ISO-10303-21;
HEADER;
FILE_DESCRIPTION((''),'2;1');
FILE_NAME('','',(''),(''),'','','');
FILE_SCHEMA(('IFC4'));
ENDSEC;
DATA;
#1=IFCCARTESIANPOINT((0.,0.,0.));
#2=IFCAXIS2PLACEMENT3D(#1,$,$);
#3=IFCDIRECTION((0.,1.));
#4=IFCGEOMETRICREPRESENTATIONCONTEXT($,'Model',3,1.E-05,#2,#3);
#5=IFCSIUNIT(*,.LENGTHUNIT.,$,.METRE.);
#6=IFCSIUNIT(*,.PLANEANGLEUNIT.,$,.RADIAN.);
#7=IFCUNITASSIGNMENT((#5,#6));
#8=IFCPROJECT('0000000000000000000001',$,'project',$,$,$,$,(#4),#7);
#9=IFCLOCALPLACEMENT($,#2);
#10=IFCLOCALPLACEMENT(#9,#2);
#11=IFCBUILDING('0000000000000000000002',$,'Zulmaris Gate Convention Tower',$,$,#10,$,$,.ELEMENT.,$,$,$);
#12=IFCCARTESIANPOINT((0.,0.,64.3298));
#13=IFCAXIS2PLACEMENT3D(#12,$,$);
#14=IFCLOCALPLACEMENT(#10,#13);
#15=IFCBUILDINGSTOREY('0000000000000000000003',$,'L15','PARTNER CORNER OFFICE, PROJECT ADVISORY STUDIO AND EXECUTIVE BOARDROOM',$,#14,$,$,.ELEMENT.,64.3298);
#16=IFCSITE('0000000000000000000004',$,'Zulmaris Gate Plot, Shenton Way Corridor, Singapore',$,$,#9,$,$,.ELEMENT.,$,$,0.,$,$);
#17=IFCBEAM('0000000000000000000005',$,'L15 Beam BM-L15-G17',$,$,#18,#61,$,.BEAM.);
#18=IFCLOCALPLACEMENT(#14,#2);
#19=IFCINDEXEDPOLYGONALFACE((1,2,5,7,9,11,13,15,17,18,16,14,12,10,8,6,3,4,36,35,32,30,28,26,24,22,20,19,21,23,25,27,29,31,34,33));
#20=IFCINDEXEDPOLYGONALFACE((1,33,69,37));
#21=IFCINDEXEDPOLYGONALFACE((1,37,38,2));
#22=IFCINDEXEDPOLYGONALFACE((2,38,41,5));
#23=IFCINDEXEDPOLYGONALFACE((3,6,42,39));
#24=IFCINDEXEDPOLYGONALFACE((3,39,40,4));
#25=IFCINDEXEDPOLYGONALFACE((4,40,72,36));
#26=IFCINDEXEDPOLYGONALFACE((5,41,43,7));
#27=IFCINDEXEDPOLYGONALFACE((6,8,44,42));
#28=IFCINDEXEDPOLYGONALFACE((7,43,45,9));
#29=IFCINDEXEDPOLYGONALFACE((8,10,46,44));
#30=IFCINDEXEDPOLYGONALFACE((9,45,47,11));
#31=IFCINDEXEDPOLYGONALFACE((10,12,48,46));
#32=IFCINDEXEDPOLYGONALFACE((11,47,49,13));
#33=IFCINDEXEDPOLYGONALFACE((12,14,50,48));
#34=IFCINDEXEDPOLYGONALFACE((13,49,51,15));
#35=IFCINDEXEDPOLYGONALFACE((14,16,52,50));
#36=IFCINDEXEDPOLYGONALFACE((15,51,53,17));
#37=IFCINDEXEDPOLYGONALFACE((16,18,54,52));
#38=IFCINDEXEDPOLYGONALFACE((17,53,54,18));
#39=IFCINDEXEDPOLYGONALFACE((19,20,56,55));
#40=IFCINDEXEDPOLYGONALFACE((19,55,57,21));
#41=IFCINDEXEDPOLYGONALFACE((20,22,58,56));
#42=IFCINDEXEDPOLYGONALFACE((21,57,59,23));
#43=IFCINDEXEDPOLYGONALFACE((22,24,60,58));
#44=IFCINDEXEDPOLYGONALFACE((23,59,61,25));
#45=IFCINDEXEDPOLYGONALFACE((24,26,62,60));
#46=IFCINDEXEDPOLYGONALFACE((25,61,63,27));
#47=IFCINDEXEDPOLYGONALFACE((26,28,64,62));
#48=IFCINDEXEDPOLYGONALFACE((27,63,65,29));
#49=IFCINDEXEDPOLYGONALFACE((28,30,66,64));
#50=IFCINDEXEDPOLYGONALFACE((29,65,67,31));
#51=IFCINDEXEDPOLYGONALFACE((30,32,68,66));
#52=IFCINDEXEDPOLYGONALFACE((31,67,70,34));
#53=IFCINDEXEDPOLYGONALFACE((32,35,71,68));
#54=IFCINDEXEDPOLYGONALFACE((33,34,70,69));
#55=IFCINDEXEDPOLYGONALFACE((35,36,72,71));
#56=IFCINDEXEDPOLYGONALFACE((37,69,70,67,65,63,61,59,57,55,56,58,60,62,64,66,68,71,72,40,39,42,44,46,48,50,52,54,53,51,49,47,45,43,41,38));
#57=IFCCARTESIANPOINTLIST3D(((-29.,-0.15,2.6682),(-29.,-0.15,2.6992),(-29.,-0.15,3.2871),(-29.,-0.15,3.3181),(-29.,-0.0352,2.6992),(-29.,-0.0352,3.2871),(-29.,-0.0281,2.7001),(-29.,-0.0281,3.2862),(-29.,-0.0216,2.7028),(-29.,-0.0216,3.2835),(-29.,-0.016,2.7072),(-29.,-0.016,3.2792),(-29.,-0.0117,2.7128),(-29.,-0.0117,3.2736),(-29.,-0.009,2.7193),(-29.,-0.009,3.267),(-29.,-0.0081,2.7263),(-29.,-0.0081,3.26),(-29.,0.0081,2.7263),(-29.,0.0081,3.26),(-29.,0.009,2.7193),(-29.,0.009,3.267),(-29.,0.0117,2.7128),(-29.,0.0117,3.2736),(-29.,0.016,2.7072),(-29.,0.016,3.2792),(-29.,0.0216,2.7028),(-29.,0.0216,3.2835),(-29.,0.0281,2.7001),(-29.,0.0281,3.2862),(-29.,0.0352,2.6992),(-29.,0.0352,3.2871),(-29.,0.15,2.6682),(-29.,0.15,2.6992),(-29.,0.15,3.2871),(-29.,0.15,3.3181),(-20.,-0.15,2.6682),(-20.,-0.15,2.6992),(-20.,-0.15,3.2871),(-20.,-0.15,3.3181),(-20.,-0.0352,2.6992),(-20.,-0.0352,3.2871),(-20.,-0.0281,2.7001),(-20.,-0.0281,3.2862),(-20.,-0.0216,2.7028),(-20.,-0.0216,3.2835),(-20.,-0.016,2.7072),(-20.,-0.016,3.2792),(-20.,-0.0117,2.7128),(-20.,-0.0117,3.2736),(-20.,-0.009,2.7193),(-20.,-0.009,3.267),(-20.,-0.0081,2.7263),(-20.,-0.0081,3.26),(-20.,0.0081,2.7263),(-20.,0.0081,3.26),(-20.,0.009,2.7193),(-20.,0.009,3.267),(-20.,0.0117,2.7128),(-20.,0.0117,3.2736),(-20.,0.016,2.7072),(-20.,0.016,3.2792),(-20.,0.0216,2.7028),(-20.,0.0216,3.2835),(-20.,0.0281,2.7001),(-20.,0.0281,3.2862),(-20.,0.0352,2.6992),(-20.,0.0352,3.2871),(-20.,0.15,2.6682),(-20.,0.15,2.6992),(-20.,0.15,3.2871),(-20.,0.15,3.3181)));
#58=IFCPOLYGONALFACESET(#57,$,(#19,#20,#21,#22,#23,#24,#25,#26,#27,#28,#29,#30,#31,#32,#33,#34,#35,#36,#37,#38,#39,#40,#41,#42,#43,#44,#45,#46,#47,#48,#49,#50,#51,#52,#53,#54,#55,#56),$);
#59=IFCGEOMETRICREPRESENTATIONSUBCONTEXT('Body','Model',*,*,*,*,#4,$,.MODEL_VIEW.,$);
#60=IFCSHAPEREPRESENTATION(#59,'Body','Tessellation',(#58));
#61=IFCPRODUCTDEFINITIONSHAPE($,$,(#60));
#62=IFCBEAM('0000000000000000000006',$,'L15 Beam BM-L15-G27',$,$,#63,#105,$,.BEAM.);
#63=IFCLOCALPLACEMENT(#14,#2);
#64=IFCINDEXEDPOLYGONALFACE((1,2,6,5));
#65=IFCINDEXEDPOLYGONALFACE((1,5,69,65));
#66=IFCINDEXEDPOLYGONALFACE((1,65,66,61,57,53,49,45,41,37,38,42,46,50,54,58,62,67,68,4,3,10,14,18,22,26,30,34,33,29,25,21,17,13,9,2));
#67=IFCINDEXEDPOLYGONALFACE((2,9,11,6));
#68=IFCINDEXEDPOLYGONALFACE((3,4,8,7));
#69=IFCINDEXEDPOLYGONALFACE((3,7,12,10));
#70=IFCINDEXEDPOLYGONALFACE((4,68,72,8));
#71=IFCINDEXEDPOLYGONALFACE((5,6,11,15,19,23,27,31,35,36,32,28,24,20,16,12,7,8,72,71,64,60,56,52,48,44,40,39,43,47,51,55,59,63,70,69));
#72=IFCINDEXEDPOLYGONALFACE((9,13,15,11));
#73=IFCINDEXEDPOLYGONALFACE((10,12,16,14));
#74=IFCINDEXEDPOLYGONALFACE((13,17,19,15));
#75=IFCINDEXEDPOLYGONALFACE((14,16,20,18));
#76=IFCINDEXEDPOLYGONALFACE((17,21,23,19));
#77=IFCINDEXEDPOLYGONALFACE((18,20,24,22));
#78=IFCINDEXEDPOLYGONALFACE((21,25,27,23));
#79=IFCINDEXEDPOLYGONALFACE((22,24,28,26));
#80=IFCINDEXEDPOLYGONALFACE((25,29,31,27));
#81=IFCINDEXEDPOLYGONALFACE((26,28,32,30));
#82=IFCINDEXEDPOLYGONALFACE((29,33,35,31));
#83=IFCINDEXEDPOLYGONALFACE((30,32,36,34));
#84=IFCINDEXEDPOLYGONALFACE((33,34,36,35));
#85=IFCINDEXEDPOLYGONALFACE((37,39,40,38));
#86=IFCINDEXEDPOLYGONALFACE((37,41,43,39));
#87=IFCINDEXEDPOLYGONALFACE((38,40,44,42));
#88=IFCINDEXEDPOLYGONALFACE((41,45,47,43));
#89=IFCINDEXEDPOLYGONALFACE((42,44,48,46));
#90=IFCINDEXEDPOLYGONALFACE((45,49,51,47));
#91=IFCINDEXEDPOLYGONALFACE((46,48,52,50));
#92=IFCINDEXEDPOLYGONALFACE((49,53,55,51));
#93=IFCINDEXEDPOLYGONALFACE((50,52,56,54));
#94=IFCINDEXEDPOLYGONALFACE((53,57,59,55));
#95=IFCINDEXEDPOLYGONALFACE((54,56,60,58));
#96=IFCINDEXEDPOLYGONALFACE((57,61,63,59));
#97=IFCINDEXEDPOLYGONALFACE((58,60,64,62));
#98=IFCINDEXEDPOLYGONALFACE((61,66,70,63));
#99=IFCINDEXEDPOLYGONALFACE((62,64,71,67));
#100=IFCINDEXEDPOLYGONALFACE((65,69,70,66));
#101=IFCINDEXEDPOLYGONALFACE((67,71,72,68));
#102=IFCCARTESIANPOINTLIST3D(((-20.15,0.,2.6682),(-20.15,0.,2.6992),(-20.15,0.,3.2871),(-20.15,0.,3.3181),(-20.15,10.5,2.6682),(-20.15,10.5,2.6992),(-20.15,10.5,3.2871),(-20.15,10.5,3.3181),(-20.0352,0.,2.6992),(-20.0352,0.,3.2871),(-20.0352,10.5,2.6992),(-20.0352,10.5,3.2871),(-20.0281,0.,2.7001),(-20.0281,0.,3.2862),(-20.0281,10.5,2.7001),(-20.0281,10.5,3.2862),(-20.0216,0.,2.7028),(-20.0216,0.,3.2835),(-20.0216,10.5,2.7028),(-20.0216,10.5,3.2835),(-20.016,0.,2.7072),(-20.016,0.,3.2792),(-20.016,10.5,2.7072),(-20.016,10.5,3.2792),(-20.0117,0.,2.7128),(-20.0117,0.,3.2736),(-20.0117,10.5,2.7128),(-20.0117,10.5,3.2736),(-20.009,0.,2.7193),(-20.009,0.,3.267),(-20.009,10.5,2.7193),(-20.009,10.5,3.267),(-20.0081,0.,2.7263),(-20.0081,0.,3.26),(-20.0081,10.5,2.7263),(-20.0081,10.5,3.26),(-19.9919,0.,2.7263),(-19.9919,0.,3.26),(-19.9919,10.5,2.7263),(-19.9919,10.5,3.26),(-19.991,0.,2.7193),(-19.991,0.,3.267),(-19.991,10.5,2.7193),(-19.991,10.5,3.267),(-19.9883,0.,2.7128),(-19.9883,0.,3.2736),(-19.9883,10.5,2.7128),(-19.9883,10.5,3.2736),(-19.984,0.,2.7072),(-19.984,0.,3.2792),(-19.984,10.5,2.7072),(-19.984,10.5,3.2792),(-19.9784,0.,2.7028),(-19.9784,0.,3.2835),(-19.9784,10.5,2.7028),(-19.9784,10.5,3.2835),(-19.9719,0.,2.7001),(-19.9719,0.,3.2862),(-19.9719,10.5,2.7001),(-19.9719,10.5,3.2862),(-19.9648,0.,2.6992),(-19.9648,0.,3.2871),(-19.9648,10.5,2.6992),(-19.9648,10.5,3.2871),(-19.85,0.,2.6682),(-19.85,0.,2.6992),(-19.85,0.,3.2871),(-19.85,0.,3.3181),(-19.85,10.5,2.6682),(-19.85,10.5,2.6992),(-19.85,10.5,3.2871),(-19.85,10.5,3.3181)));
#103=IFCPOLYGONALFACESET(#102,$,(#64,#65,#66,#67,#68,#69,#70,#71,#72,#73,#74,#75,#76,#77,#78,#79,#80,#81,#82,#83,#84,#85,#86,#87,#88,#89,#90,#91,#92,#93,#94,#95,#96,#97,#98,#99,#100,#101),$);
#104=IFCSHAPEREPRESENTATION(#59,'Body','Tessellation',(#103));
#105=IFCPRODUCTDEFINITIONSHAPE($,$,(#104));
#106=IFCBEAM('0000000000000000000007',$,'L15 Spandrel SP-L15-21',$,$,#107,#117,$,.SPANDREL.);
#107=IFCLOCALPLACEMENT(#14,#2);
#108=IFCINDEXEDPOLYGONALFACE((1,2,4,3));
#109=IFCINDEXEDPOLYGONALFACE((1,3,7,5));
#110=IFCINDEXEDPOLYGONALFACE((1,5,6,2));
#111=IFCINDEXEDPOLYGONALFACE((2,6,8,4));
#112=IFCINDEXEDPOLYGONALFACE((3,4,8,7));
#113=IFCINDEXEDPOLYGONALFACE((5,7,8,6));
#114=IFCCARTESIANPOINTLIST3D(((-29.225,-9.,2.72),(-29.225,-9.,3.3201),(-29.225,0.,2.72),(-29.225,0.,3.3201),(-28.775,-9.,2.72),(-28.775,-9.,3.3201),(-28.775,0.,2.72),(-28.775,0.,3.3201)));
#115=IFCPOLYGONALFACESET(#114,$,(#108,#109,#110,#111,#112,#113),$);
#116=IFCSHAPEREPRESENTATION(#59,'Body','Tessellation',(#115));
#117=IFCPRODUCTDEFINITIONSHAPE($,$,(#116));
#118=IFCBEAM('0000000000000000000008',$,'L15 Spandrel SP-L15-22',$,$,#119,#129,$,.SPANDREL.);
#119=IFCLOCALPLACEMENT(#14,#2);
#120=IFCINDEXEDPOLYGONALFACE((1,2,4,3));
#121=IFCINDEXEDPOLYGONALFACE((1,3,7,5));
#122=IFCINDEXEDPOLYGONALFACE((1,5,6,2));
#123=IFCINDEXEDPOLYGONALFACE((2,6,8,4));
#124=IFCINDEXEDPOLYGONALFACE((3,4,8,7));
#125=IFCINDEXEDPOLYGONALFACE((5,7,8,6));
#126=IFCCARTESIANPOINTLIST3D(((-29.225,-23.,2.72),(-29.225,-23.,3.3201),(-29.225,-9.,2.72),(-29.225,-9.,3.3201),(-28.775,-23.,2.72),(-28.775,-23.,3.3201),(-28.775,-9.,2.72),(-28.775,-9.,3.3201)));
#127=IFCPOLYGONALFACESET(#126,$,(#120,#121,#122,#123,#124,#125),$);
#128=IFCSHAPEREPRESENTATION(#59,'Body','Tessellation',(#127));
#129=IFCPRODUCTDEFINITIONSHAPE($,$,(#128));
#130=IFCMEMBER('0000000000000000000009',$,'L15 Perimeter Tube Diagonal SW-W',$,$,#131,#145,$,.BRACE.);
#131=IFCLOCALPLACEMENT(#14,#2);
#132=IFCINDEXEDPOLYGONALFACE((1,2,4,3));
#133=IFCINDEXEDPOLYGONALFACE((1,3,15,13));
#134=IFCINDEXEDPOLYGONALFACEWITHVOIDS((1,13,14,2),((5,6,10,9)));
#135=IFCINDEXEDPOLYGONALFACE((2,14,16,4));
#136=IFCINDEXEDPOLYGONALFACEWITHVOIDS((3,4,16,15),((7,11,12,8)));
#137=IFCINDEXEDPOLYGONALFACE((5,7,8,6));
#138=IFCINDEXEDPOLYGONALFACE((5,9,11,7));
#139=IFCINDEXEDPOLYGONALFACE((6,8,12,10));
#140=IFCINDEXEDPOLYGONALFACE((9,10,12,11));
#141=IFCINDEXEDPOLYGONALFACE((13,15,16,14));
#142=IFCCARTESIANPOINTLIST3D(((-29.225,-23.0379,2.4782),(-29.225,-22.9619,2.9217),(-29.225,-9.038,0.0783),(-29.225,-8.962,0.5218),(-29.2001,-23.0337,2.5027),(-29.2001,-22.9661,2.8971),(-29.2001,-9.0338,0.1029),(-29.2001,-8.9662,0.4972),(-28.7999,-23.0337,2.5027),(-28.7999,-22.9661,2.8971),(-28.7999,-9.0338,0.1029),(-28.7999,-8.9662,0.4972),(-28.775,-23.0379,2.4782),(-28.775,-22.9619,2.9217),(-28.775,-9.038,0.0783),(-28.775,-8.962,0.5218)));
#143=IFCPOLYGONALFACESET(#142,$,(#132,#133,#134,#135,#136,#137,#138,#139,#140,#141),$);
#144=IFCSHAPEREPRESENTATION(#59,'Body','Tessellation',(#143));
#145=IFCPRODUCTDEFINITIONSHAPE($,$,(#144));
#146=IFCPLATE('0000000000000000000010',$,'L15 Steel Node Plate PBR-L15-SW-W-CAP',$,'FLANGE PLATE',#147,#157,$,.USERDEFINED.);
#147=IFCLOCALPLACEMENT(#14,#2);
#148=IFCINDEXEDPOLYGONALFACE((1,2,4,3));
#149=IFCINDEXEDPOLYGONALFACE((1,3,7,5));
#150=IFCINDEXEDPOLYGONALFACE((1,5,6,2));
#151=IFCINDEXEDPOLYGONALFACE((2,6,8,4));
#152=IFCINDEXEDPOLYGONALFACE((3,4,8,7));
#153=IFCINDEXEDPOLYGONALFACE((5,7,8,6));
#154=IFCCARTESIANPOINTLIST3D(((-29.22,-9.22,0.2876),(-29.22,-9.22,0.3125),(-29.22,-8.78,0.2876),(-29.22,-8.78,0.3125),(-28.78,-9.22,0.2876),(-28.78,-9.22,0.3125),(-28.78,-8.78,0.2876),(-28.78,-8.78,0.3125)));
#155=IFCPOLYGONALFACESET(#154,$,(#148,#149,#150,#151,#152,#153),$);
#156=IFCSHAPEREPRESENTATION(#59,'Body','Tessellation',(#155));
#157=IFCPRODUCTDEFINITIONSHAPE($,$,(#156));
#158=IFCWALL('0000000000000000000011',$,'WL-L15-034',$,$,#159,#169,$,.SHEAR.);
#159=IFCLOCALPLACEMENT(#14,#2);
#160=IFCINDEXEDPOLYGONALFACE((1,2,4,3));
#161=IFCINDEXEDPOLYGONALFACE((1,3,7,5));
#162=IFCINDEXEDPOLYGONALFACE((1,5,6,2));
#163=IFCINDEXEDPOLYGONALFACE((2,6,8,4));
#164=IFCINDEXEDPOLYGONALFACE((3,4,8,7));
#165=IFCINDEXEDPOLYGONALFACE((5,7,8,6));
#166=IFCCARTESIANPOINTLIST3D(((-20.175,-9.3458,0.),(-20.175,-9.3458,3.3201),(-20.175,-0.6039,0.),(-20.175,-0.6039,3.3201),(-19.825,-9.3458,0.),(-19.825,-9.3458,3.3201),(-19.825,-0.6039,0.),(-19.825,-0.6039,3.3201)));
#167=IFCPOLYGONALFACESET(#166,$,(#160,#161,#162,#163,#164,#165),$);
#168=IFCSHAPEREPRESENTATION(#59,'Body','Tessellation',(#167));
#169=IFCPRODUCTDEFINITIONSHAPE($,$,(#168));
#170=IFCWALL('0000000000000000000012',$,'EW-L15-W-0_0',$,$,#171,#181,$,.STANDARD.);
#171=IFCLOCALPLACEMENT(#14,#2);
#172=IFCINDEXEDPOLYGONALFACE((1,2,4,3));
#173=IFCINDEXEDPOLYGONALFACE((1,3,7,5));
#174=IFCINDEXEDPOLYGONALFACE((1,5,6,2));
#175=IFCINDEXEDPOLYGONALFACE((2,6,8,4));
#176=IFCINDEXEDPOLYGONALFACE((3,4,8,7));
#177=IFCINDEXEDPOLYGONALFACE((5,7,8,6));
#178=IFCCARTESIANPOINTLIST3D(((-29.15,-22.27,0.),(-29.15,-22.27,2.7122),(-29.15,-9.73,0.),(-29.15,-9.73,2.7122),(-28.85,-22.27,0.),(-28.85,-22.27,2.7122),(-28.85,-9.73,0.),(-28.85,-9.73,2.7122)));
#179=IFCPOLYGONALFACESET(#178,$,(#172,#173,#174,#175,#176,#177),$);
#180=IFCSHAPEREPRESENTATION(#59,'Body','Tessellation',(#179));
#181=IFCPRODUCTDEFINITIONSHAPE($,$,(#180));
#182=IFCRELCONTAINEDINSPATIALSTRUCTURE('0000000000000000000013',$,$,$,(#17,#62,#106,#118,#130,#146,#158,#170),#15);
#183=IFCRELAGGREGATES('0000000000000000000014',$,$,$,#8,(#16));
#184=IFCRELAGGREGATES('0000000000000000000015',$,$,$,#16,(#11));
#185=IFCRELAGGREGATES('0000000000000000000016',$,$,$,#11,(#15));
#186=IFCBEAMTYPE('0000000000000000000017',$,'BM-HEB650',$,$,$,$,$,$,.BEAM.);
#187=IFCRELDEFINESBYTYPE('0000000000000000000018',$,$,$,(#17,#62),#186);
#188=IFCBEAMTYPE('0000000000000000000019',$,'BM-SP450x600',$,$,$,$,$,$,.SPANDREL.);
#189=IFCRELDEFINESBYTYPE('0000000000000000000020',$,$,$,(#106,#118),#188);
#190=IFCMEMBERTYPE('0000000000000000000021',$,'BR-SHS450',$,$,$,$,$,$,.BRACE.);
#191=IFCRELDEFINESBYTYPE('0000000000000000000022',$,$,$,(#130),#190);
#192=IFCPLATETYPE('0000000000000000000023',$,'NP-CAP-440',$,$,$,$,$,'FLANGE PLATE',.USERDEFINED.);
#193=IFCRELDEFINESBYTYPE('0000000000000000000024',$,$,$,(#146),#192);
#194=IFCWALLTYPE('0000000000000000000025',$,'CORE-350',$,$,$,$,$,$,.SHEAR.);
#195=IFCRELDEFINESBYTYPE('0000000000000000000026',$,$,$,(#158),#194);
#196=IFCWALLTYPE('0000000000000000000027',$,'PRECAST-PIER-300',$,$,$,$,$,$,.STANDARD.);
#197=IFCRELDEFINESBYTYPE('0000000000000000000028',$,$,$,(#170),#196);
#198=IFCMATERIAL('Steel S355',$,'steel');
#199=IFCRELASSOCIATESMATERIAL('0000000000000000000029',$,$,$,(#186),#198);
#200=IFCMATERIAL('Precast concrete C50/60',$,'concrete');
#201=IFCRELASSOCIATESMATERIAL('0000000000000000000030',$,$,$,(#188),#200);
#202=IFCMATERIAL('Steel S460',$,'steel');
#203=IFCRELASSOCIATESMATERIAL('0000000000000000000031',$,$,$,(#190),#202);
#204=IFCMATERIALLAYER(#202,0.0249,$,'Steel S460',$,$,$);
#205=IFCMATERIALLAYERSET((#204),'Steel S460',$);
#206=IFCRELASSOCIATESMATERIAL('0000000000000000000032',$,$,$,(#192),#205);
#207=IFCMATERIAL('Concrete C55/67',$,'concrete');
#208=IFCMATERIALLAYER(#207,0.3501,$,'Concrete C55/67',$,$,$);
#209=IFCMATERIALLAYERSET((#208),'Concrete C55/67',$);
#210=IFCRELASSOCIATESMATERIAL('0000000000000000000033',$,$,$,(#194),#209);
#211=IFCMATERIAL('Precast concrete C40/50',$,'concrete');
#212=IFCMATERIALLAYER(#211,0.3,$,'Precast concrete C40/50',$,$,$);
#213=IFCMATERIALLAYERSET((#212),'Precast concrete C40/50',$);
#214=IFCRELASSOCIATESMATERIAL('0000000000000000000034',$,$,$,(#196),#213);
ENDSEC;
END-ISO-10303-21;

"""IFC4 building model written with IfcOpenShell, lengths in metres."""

from ifc_helpers import new_model, si_unit, direction, frame, frame_2d, origin, origin_2d, place, context, subcontext, project, spatial, rectangle, hollow_rectangle, i_section, extrude, material, layer, layer_set, material_profile, profile_set, type_object, element, save


model = new_model("IFC4")

# Units and contexts
model_context = context("Model", 3, precision=1e-05, world=origin(), true_north=direction((0.0, 1.0)))
body_context = subcontext(model_context, "Body", "Model", "MODEL_VIEW")
ifc_project = project(units=[si_unit("LENGTHUNIT", "METRE"), si_unit("PLANEANGLEUNIT", "RADIAN")], contexts=[model_context])

# Site, building, storey
site_placement = place(None, origin())
site = spatial("IfcSite", under=ifc_project, at=site_placement, Name="Zulmaris Gate Plot, Shenton Way Corridor, Singapore", CompositionType="ELEMENT", RefElevation=0.0)
building_placement = place(site_placement, origin())
building = spatial("IfcBuilding", under=site, at=building_placement, Name="Zulmaris Gate Convention Tower", CompositionType="ELEMENT")
storey_placement = place(building_placement, frame((0.0, 0.0, 64.3298)))
storey = spatial("IfcBuildingStorey", under=building, at=storey_placement, Name="L15", Description="PARTNER CORNER OFFICE, PROJECT ADVISORY STUDIO AND EXECUTIVE BOARDROOM", CompositionType="ELEMENT", Elevation=64.3298)

# Beams
ifc_material_1 = material(Name="Steel S355", Category="steel")
ifc_material_profile_1 = material_profile(ifc_material_1, i_section(OverallWidth=0.3, OverallDepth=0.6499, WebThickness=0.0161, FlangeThickness=0.031, FilletRadius=0.0271, at=origin_2d()), Name="HEB 650")
ifc_profile_set_1 = profile_set([ifc_material_profile_1], Name="Steel S355")
beam_type_1 = type_object("IfcBeamType", Name="BM-HEB650", PredefinedType="BEAM", material=ifc_profile_set_1)
for number, where, z_axis, x_axis, name in (
    (1, (-29.0, 0.0, 2.9932), (1.0, 0.0, 0.0), (0.0, 1.0, 0.0), "L15 Beam BM-L15-G17"),
):
    element("IfcBeam", number, at=place(storey_placement, frame(where, z_axis=z_axis, x_axis=x_axis)), inside=storey, type_object=beam_type_1, Name=name, PredefinedType="BEAM", context=body_context, shape_type="SweptSolid", body=[
        extrude(i_section(OverallWidth=0.3, OverallDepth=0.6499, WebThickness=0.0161, FlangeThickness=0.031, FilletRadius=0.0271, at=origin_2d()), origin(), (0.0, 0.0, 1.0), 9.0),
    ])
beam_1_placement = place(storey_placement, frame((-20.0, 0.0, 2.9932), z_axis=(0.0, 1.0, 0.0), x_axis=(-1.0, 0.0, 0.0)))
element("IfcBeam", 2, at=beam_1_placement, inside=storey, type_object=beam_type_1, Name="L15 Beam BM-L15-G27", PredefinedType="BEAM", context=body_context, shape_type="SweptSolid", body=[
    extrude(i_section(OverallWidth=0.3, OverallDepth=0.6499, WebThickness=0.0161, FlangeThickness=0.031, FilletRadius=0.0271, at=origin_2d()), origin(), (0.0, 0.0, 1.0), 10.5),
])
ifc_material_2 = material(Name="Precast concrete C50/60", Category="concrete")
ifc_material_profile_2 = material_profile(ifc_material_2, rectangle(XDim=0.45, YDim=0.6001, at=origin_2d()), Name="RC SPANDREL 450x600")
ifc_profile_set_2 = profile_set([ifc_material_profile_2], Name="Precast concrete C50/60")
beam_type_2 = type_object("IfcBeamType", Name="BM-SP450x600", PredefinedType="SPANDREL", material=ifc_profile_set_2)
beam_2_placement = place(storey_placement, frame((-29.0, 0.0, 3.02), z_axis=(0.0, -1.0, 0.0), x_axis=(1.0, 0.0, 0.0)))
element("IfcBeam", 3, at=beam_2_placement, inside=storey, type_object=beam_type_2, Name="L15 Spandrel SP-L15-21", PredefinedType="SPANDREL", context=body_context, shape_type="SweptSolid", body=[
    extrude(rectangle(XDim=0.45, YDim=0.6001, at=origin_2d()), origin(), (0.0, 0.0, 1.0), 9.0),
])
beam_3_placement = place(storey_placement, frame((-29.0, -9.0, 3.02), z_axis=(0.0, -1.0, 0.0), x_axis=(1.0, 0.0, 0.0)))
element("IfcBeam", 4, at=beam_3_placement, inside=storey, type_object=beam_type_2, Name="L15 Spandrel SP-L15-22", PredefinedType="SPANDREL", context=body_context, shape_type="SweptSolid", body=[
    extrude(rectangle(XDim=0.45, YDim=0.6001, at=origin_2d()), origin(), (0.0, 0.0, 1.0), 14.0),
])

# Member
ifc_material_3 = material(Name="Steel S460", Category="steel")
ifc_material_profile_3 = material_profile(ifc_material_3, hollow_rectangle(XDim=0.45, YDim=0.45, WallThickness=0.0249, at=origin_2d()), Name="SHS 450x450x25")
ifc_profile_set_3 = profile_set([ifc_material_profile_3], Name="Steel S460")
member_type = type_object("IfcMemberType", Name="BR-SHS450", PredefinedType="BRACE", material=ifc_profile_set_3)
member_placement = place(storey_placement, frame((-29.0, -9.0, 0.3), z_axis=(0.0, -0.985623, 0.168957), x_axis=(1.0, 0.0, 0.0)))
element("IfcMember", 5, at=member_placement, inside=storey, type_object=member_type, Name="L15 Perimeter Tube Diagonal SW-W", PredefinedType="BRACE", context=body_context, shape_type="SweptSolid", body=[
    extrude(hollow_rectangle(XDim=0.45, YDim=0.45, WallThickness=0.0249, at=origin_2d()), origin(), (0.0, 0.0, 1.0), 14.2041),
])

# Plate
ifc_layer_1 = layer(ifc_material_3, 0.0249, Name="Steel S460")
ifc_layer_set_1 = layer_set([ifc_layer_1], Name="Steel S460")
plate_type = type_object("IfcPlateType", Name="NP-CAP-440", ElementType="FLANGE PLATE", PredefinedType="USERDEFINED", material=ifc_layer_set_1)
plate_placement = place(storey_placement, frame((-29.0, -9.0, 0.2876), z_axis=(0.0, 0.0, 1.0), x_axis=(1.0, 0.0, 0.0)))
element("IfcPlate", 6, at=plate_placement, inside=storey, type_object=plate_type, Name="L15 Steel Node Plate PBR-L15-SW-W-CAP", ObjectType="FLANGE PLATE", PredefinedType="USERDEFINED", context=body_context, shape_type="SweptSolid", body=[
    extrude(rectangle(XDim=0.4399, YDim=0.4399, at=origin_2d()), origin(), (0.0, 0.0, 1.0), 0.0249),
])

# Shared definitions
ifc_material_4 = material(Name="Concrete C55/67", Category="concrete")
ifc_layer_2 = layer(ifc_material_4, 0.3501, Name="Concrete C55/67")
ifc_layer_set_2 = layer_set([ifc_layer_2], Name="Concrete C55/67")
wall_type_1 = type_object("IfcWallType", Name="CORE-350", PredefinedType="SHEAR", material=ifc_layer_set_2)

# Walls
wall_1_placement = place(storey_placement, frame((-20.0, -9.3459, 0.0), z_axis=(0.0, 0.0, 1.0), x_axis=(0.0, 1.0, 0.0)))
element("IfcWall", 7, at=wall_1_placement, inside=storey, type_object=wall_type_1, Name="WL-L15-034", PredefinedType="SHEAR", context=body_context, shape_type="SweptSolid", body=[
    extrude(rectangle(XDim=8.7419, YDim=0.3501, at=frame_2d((4.3711, 0.0))), origin(), (0.0, 0.0, 1.0), 3.3201),
])
ifc_material_5 = material(Name="Precast concrete C40/50", Category="concrete")
ifc_layer_3 = layer(ifc_material_5, 0.3, Name="Precast concrete C40/50")
ifc_layer_set_3 = layer_set([ifc_layer_3], Name="Precast concrete C40/50")
wall_type_2 = type_object("IfcWallType", Name="PRECAST-PIER-300", PredefinedType="STANDARD", material=ifc_layer_set_3)
wall_2_placement = place(storey_placement, frame((-29.0, -9.73, 0.0), z_axis=(0.0, 0.0, 1.0), x_axis=(0.0, -1.0, 0.0)))
element("IfcWall", 8, at=wall_2_placement, inside=storey, type_object=wall_type_2, Name="EW-L15-W-0_0", PredefinedType="STANDARD", context=body_context, shape_type="SweptSolid", body=[
    extrude(rectangle(XDim=12.54, YDim=0.3, at=frame_2d((6.27, 0.0))), origin(), (0.0, 0.0, 1.0), 2.7122),
])

save(model, "model.ifc")
